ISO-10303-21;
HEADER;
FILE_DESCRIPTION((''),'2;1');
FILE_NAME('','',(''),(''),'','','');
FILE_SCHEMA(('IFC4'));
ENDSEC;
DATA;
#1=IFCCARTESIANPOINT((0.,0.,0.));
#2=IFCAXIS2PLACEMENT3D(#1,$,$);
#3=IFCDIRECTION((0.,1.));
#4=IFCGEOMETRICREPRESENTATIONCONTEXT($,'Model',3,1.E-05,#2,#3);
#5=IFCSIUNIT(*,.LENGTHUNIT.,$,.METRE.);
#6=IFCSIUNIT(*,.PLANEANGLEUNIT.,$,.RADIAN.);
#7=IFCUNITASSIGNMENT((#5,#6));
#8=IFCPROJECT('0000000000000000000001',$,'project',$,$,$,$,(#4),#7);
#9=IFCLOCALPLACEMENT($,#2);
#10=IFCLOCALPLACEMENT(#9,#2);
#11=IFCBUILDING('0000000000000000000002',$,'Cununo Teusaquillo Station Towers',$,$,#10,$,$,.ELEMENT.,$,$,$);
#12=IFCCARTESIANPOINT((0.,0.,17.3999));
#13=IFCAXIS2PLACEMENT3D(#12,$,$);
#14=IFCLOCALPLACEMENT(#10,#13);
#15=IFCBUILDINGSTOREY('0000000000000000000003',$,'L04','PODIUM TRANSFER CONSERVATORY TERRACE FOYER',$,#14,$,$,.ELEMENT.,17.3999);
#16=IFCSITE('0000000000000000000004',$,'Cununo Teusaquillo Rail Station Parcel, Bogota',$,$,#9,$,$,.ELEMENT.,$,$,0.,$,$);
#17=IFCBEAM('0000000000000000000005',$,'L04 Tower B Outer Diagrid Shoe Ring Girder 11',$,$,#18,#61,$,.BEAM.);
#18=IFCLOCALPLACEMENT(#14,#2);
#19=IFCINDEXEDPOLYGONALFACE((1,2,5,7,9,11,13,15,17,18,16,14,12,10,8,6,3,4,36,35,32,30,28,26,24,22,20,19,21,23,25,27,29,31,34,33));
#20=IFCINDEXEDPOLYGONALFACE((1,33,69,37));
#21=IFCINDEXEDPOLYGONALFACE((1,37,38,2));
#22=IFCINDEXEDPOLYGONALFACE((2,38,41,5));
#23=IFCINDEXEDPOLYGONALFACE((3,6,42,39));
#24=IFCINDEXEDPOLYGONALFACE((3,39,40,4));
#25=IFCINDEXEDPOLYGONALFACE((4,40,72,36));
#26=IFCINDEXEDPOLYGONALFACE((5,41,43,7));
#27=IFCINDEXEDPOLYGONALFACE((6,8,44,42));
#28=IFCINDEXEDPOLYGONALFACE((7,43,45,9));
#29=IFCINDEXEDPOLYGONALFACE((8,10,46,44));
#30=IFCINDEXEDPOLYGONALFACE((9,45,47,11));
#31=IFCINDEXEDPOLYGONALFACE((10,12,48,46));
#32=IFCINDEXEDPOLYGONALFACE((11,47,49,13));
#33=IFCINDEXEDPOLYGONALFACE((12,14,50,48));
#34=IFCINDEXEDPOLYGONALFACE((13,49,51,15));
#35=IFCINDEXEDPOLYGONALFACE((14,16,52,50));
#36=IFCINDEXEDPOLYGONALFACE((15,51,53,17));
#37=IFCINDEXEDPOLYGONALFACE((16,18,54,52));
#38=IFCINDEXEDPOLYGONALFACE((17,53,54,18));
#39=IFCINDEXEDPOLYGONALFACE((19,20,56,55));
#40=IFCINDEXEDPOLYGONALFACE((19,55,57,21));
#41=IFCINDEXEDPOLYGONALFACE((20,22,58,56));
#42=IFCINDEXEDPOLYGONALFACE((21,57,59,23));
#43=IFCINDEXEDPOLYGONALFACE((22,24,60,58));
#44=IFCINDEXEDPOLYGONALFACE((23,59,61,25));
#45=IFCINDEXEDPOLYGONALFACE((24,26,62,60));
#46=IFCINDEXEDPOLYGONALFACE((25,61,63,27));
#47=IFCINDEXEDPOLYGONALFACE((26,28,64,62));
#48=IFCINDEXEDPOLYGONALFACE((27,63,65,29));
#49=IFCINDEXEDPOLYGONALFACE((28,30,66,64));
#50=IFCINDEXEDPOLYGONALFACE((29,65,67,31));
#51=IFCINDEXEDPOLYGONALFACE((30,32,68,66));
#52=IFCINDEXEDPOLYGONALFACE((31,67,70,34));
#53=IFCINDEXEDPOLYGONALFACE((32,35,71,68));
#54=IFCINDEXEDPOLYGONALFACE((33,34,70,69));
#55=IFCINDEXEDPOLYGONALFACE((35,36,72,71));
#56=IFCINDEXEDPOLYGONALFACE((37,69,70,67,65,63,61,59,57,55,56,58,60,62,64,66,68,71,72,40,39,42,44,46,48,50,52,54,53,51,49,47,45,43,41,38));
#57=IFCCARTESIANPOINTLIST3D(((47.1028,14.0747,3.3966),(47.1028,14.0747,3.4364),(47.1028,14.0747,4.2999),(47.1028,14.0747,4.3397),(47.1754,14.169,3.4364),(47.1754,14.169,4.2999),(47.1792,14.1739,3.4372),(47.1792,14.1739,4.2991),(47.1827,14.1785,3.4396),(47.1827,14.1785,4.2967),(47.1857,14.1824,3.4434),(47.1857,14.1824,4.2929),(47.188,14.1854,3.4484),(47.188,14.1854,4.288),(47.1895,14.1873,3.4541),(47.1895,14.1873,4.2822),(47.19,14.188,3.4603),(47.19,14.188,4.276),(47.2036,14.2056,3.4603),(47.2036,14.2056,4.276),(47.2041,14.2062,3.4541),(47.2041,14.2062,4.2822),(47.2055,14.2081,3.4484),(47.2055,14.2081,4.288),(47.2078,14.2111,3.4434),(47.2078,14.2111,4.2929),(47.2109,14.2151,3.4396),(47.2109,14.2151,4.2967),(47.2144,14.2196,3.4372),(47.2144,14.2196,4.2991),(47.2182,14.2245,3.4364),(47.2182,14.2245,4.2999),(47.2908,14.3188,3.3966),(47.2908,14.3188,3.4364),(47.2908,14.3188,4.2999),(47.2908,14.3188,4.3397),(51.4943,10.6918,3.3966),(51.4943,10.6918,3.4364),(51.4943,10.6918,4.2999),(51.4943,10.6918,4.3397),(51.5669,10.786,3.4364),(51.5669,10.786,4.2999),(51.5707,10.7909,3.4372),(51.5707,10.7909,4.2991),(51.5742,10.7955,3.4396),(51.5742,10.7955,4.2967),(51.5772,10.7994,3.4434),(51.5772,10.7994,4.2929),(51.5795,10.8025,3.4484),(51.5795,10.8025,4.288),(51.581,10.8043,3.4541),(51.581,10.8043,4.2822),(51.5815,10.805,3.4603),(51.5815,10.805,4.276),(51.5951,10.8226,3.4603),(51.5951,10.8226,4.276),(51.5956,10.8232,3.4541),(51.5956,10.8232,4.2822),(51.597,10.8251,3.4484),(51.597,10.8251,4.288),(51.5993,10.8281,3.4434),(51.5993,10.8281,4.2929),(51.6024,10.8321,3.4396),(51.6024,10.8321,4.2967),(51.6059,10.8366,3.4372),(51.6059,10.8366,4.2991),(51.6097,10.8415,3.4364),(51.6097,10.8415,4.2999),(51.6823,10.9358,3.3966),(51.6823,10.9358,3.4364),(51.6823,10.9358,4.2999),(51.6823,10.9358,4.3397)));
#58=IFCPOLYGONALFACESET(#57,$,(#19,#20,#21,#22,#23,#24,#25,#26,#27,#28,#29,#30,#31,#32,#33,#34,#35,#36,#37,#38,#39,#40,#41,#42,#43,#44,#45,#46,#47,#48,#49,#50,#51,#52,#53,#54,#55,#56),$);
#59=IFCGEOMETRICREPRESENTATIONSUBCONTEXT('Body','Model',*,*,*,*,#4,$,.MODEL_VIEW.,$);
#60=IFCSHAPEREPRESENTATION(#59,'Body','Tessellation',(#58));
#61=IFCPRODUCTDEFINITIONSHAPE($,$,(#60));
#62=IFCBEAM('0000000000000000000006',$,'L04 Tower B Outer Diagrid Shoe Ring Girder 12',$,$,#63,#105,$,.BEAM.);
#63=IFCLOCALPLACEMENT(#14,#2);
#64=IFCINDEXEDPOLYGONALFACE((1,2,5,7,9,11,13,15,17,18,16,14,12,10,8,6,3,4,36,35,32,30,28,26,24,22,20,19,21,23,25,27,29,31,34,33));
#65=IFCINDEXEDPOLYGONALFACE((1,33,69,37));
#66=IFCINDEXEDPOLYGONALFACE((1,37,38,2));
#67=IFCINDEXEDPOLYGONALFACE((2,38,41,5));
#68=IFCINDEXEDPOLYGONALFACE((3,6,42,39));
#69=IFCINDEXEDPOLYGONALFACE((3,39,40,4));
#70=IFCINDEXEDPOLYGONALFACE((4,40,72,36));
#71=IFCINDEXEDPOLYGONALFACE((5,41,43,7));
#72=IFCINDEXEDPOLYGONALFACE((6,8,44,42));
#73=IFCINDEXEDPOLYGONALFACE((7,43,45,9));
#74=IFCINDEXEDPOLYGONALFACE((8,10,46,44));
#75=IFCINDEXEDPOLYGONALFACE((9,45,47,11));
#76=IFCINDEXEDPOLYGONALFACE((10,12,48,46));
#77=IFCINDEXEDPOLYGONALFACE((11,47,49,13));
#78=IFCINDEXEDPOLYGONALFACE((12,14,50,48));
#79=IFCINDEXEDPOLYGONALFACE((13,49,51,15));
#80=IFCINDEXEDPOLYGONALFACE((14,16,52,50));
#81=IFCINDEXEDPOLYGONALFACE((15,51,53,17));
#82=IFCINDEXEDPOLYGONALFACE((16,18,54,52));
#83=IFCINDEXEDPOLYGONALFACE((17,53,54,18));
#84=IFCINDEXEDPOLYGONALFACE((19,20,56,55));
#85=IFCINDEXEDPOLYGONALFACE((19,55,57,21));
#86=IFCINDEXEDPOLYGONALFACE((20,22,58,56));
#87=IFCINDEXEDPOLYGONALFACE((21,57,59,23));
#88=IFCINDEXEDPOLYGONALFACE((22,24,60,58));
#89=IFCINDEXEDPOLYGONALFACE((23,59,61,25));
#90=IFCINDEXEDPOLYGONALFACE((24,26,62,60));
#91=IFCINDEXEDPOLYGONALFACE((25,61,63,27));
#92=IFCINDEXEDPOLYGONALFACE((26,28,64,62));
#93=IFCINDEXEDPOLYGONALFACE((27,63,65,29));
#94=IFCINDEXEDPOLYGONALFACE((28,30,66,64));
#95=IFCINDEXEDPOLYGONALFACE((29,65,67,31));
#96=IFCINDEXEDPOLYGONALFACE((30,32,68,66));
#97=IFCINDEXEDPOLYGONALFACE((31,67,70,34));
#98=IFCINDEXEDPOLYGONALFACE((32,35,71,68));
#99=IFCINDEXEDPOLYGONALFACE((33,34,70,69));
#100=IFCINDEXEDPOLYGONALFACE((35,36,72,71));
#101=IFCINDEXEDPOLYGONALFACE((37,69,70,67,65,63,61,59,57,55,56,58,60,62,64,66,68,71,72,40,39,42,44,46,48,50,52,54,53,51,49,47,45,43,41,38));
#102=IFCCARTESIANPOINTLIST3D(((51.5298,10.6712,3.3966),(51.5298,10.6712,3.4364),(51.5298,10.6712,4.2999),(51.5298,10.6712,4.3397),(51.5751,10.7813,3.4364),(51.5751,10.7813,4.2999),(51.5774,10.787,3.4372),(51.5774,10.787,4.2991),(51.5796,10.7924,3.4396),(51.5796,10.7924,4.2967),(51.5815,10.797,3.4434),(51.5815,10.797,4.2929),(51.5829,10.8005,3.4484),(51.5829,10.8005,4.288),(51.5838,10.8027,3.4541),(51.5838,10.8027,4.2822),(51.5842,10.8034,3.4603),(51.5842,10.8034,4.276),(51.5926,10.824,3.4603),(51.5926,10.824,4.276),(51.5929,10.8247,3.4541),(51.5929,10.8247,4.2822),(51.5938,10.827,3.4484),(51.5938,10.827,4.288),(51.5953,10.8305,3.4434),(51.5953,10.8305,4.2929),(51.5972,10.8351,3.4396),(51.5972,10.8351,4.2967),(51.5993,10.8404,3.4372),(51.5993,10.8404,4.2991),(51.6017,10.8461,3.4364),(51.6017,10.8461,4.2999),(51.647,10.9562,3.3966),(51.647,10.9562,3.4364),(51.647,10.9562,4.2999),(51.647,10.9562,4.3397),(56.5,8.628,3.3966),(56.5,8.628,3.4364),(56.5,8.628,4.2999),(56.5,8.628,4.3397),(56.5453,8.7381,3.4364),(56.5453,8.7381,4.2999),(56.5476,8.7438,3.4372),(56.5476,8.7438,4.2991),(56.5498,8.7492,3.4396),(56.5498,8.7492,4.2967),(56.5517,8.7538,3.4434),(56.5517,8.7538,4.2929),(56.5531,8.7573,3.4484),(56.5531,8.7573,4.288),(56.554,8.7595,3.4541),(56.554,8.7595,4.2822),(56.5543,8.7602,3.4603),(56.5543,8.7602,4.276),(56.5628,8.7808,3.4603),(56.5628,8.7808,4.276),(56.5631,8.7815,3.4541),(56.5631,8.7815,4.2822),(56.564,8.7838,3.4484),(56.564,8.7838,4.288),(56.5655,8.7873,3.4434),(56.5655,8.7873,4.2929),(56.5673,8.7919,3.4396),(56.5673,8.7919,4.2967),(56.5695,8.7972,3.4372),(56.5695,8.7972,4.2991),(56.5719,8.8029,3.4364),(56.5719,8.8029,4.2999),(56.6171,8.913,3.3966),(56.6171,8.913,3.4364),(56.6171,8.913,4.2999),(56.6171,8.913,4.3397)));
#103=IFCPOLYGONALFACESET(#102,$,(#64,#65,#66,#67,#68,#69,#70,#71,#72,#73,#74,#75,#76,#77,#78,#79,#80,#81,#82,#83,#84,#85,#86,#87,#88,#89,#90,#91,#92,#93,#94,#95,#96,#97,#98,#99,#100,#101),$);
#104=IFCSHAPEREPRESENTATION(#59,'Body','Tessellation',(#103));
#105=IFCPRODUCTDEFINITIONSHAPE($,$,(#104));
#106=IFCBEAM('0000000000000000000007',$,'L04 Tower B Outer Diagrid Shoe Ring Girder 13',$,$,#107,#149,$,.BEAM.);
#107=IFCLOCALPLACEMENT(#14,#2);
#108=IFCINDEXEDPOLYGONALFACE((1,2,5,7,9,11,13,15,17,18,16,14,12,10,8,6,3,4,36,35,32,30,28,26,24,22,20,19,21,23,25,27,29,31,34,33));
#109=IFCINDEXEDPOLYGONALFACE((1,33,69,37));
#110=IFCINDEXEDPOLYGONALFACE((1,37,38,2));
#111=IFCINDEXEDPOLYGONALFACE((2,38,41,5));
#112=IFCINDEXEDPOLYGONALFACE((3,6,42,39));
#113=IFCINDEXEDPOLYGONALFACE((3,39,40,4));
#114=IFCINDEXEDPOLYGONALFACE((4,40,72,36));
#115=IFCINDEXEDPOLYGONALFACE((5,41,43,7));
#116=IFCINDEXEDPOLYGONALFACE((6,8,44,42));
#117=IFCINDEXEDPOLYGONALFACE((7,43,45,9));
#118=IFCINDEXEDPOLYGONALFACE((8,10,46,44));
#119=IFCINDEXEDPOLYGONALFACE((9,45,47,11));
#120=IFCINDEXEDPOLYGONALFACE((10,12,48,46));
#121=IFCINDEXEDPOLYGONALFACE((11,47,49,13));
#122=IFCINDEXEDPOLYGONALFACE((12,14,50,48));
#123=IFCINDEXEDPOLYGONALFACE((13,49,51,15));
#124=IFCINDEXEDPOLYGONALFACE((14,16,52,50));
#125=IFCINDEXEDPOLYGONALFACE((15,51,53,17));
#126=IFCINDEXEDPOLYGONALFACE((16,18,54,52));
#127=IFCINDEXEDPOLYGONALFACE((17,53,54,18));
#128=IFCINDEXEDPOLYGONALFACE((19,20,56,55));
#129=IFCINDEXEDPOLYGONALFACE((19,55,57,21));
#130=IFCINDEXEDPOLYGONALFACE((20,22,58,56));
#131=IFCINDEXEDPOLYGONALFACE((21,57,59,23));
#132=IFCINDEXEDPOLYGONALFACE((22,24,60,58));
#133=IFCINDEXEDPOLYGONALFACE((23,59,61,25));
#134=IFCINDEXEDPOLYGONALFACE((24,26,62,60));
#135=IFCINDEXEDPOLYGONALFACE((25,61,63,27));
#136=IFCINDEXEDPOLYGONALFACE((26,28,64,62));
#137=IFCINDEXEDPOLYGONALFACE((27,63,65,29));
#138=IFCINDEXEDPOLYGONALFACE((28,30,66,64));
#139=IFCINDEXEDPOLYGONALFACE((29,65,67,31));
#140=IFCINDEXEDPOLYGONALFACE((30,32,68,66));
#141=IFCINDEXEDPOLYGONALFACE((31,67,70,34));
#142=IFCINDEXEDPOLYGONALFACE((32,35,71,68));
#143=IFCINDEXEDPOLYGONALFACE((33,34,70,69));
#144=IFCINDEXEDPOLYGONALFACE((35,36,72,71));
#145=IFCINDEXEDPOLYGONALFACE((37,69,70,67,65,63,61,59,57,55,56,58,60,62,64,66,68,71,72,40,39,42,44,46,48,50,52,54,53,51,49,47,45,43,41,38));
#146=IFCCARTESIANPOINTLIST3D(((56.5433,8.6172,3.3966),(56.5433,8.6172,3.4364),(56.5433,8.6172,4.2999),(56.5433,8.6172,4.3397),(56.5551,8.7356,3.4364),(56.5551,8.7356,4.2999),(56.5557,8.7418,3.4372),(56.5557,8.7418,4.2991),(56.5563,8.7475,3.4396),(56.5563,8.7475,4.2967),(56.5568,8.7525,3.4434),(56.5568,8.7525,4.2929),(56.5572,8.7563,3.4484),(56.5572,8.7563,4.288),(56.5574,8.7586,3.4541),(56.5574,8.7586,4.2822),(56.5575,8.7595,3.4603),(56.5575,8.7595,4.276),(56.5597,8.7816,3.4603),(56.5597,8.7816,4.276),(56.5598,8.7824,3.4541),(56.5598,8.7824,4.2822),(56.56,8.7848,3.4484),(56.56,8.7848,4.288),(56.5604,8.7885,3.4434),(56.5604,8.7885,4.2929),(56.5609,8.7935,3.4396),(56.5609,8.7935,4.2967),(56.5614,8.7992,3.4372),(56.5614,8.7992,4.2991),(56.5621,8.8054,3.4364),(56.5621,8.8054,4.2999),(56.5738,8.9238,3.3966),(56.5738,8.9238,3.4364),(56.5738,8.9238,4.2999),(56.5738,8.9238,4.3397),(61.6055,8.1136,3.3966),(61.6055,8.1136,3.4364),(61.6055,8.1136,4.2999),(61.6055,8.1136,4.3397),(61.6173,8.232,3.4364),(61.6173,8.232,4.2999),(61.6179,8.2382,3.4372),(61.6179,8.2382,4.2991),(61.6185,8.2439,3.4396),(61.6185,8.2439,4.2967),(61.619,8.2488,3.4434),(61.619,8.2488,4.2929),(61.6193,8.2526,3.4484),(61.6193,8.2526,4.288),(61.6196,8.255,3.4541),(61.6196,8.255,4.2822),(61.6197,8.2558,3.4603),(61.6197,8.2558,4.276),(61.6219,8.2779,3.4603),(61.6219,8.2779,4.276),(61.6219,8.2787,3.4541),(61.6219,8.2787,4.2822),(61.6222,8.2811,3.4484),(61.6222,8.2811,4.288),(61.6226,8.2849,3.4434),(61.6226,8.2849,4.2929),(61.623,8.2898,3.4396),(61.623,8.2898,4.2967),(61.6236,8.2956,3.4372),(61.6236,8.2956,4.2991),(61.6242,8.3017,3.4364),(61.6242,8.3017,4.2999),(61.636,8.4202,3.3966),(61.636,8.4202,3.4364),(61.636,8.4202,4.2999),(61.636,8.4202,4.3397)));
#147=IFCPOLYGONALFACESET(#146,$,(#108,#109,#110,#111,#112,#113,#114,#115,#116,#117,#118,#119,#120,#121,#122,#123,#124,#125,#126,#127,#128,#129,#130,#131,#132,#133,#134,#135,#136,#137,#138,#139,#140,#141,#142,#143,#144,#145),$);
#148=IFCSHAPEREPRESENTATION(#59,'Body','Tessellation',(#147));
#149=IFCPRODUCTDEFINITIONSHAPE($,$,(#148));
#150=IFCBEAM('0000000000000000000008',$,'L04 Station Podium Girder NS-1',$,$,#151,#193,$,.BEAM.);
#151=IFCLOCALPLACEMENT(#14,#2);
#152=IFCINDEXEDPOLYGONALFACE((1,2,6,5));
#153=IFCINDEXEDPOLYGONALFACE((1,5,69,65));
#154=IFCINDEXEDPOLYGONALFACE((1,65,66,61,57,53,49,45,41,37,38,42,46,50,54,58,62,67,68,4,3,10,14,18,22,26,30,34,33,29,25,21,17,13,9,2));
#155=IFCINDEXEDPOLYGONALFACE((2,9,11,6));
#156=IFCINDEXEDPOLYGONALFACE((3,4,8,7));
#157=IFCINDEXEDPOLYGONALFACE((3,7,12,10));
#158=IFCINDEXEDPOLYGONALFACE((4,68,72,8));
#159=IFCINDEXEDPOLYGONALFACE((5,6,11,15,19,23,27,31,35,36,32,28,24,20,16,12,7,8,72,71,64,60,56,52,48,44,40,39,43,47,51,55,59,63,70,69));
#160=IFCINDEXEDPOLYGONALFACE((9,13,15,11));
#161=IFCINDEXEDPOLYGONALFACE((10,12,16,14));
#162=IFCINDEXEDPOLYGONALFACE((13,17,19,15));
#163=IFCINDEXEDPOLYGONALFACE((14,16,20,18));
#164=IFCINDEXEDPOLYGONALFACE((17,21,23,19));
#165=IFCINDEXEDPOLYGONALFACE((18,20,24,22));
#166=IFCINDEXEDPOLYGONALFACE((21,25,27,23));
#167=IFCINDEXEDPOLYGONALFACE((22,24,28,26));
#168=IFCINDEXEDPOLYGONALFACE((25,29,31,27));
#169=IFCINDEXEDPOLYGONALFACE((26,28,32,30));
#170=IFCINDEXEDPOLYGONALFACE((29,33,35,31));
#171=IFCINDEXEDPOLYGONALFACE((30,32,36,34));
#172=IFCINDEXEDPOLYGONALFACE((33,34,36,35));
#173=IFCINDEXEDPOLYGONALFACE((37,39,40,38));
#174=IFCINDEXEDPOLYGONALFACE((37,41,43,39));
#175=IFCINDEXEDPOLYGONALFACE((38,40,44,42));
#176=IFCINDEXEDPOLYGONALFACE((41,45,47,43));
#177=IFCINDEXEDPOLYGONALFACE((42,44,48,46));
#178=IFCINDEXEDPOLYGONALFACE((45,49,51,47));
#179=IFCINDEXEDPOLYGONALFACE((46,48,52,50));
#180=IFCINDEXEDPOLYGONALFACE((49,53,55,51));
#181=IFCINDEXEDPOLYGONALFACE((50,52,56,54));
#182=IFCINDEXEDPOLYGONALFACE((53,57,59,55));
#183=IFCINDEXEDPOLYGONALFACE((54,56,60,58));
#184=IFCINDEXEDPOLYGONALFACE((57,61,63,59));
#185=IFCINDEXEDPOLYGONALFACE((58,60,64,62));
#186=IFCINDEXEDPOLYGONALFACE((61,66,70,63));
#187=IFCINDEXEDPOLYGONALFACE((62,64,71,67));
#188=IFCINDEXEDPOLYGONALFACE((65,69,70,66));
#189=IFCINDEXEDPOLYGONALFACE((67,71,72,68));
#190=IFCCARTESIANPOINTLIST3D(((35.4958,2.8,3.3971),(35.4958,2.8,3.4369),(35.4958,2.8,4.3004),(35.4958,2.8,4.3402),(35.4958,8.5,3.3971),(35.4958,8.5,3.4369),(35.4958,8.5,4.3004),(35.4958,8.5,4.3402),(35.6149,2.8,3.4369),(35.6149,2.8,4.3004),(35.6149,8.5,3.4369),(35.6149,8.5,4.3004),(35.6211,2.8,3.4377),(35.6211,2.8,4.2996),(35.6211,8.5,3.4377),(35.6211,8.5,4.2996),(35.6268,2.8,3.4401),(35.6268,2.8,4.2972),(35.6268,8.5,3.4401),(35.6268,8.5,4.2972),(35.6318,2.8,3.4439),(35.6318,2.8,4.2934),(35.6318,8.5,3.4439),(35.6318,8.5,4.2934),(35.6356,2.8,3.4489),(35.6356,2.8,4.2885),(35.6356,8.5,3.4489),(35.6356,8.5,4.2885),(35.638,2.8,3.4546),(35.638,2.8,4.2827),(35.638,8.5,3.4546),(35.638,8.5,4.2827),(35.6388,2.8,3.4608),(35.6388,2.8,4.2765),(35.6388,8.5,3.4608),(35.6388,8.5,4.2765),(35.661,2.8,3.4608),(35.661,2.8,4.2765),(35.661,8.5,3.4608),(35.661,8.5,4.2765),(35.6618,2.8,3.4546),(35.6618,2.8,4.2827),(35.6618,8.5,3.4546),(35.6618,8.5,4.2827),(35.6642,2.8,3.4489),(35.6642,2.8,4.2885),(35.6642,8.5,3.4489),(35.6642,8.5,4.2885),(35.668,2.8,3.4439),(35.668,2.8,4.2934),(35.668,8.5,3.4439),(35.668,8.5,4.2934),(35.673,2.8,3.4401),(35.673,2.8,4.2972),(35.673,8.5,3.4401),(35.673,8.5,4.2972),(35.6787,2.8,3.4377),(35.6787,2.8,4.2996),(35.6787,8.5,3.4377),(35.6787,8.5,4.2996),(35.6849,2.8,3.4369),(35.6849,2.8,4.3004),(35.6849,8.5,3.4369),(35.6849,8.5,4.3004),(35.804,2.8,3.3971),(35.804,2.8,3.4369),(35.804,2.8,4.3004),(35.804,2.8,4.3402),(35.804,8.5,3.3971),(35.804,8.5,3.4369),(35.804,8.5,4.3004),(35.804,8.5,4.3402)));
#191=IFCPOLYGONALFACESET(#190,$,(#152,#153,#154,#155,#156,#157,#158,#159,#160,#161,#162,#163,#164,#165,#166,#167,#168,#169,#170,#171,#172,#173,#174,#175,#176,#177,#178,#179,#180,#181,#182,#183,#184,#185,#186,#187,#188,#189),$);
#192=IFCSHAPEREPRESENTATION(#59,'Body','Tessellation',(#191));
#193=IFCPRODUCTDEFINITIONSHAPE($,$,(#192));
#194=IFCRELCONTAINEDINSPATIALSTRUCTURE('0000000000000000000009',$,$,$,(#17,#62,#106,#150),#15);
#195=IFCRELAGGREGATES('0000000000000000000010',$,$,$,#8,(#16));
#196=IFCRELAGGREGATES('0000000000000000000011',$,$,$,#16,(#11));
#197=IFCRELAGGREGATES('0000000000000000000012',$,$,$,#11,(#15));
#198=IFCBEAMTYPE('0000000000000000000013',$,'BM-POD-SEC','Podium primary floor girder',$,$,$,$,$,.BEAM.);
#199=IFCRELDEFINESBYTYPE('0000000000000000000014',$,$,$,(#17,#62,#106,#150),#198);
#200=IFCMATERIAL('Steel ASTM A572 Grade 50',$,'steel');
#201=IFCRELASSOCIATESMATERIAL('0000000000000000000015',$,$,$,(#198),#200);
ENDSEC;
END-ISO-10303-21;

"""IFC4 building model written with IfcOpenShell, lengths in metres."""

from ifc_helpers import new_model, si_unit, direction, frame, origin, origin_2d, place, context, subcontext, project, spatial, i_section, extrude, material, material_profile, profile_set, type_object, element, save


model = new_model("IFC4")

# Units and contexts
model_context = context("Model", 3, precision=1e-05, world=origin(), true_north=direction((0.0, 1.0)))
body_context = subcontext(model_context, "Body", "Model", "MODEL_VIEW")
ifc_project = project(units=[si_unit("LENGTHUNIT", "METRE"), si_unit("PLANEANGLEUNIT", "RADIAN")], contexts=[model_context])

# Site, building, storey
site_placement = place(None, origin())
site = spatial("IfcSite", under=ifc_project, at=site_placement, Name="Cununo Teusaquillo Rail Station Parcel, Bogota", CompositionType="ELEMENT", RefElevation=0.0)
building_placement = place(site_placement, origin())
building = spatial("IfcBuilding", under=site, at=building_placement, Name="Cununo Teusaquillo Station Towers", CompositionType="ELEMENT")
storey_placement = place(building_placement, frame((0.0, 0.0, 17.3999)))
storey = spatial("IfcBuildingStorey", under=building, at=storey_placement, Name="L04", Description="PODIUM TRANSFER CONSERVATORY TERRACE FOYER", CompositionType="ELEMENT", Elevation=17.3999)

# Beams
ifc_material_1 = material(Name="Steel ASTM A572 Grade 50", Category="steel")
ifc_material_profile_1 = material_profile(ifc_material_1, i_section(OverallWidth=0.3081, OverallDepth=0.9431, WebThickness=0.0222, FlangeThickness=0.0398, FilletRadius=0.0239, at=origin_2d()), Name="W36X232")
ifc_profile_set_1 = profile_set([ifc_material_profile_1], Name="Steel ASTM A572 Grade 50")
beam_type_1 = type_object("IfcBeamType", Name="BM-POD-SEC", Description="Podium primary floor girder", PredefinedType="BEAM", material=ifc_profile_set_1)
beam_1_placement = place(storey_placement, frame((47.1968, 14.1968, 3.8682), z_axis=(0.792196, -0.610266, 0.0), x_axis=(0.610266, 0.792196, 0.0)))
element("IfcBeam", 1, at=beam_1_placement, inside=storey, type_object=beam_type_1, Name="L04 Tower B Outer Diagrid Shoe Ring Girder 11", PredefinedType="BEAM", context=body_context, shape_type="SweptSolid", body=[
    extrude(i_section(OverallWidth=0.3081, OverallDepth=0.9431, WebThickness=0.0222, FlangeThickness=0.0398, FilletRadius=0.0239, at=origin_2d()), origin(), (0.0, 0.0, 1.0), 5.5435),
])
beam_2_placement = place(storey_placement, frame((51.5884, 10.8137, 3.8682), z_axis=(0.924897, -0.380217, 0.0), x_axis=(0.380217, 0.924897, 0.0)))
element("IfcBeam", 2, at=beam_2_placement, inside=storey, type_object=beam_type_1, Name="L04 Tower B Outer Diagrid Shoe Ring Girder 12", PredefinedType="BEAM", context=body_context, shape_type="SweptSolid", body=[
    extrude(i_section(OverallWidth=0.3081, OverallDepth=0.9431, WebThickness=0.0222, FlangeThickness=0.0398, FilletRadius=0.0239, at=origin_2d()), origin(), (0.0, 0.0, 1.0), 5.3738),
])
beam_3_placement = place(storey_placement, frame((56.5586, 8.7705, 3.8682), z_axis=(0.995087, -0.099005, 0.0), x_axis=(0.099005, 0.995087, 0.0)))
element("IfcBeam", 3, at=beam_3_placement, inside=storey, type_object=beam_type_1, Name="L04 Tower B Outer Diagrid Shoe Ring Girder 13", PredefinedType="BEAM", context=body_context, shape_type="SweptSolid", body=[
    extrude(i_section(OverallWidth=0.3081, OverallDepth=0.9431, WebThickness=0.0222, FlangeThickness=0.0398, FilletRadius=0.0239, at=origin_2d()), origin(), (0.0, 0.0, 1.0), 5.0872),
])
beam_4_placement = place(storey_placement, frame((35.6499, 2.8, 3.8687), z_axis=(0.0, 1.0, 0.0), x_axis=(-1.0, 0.0, 0.0)))
element("IfcBeam", 4, at=beam_4_placement, inside=storey, type_object=beam_type_1, Name="L04 Station Podium Girder NS-1", PredefinedType="BEAM", context=body_context, shape_type="SweptSolid", body=[
    extrude(i_section(OverallWidth=0.3081, OverallDepth=0.9431, WebThickness=0.0222, FlangeThickness=0.0398, FilletRadius=0.0239, at=origin_2d()), origin(), (0.0, 0.0, 1.0), 5.7),
])

save(model, "model.ifc")
